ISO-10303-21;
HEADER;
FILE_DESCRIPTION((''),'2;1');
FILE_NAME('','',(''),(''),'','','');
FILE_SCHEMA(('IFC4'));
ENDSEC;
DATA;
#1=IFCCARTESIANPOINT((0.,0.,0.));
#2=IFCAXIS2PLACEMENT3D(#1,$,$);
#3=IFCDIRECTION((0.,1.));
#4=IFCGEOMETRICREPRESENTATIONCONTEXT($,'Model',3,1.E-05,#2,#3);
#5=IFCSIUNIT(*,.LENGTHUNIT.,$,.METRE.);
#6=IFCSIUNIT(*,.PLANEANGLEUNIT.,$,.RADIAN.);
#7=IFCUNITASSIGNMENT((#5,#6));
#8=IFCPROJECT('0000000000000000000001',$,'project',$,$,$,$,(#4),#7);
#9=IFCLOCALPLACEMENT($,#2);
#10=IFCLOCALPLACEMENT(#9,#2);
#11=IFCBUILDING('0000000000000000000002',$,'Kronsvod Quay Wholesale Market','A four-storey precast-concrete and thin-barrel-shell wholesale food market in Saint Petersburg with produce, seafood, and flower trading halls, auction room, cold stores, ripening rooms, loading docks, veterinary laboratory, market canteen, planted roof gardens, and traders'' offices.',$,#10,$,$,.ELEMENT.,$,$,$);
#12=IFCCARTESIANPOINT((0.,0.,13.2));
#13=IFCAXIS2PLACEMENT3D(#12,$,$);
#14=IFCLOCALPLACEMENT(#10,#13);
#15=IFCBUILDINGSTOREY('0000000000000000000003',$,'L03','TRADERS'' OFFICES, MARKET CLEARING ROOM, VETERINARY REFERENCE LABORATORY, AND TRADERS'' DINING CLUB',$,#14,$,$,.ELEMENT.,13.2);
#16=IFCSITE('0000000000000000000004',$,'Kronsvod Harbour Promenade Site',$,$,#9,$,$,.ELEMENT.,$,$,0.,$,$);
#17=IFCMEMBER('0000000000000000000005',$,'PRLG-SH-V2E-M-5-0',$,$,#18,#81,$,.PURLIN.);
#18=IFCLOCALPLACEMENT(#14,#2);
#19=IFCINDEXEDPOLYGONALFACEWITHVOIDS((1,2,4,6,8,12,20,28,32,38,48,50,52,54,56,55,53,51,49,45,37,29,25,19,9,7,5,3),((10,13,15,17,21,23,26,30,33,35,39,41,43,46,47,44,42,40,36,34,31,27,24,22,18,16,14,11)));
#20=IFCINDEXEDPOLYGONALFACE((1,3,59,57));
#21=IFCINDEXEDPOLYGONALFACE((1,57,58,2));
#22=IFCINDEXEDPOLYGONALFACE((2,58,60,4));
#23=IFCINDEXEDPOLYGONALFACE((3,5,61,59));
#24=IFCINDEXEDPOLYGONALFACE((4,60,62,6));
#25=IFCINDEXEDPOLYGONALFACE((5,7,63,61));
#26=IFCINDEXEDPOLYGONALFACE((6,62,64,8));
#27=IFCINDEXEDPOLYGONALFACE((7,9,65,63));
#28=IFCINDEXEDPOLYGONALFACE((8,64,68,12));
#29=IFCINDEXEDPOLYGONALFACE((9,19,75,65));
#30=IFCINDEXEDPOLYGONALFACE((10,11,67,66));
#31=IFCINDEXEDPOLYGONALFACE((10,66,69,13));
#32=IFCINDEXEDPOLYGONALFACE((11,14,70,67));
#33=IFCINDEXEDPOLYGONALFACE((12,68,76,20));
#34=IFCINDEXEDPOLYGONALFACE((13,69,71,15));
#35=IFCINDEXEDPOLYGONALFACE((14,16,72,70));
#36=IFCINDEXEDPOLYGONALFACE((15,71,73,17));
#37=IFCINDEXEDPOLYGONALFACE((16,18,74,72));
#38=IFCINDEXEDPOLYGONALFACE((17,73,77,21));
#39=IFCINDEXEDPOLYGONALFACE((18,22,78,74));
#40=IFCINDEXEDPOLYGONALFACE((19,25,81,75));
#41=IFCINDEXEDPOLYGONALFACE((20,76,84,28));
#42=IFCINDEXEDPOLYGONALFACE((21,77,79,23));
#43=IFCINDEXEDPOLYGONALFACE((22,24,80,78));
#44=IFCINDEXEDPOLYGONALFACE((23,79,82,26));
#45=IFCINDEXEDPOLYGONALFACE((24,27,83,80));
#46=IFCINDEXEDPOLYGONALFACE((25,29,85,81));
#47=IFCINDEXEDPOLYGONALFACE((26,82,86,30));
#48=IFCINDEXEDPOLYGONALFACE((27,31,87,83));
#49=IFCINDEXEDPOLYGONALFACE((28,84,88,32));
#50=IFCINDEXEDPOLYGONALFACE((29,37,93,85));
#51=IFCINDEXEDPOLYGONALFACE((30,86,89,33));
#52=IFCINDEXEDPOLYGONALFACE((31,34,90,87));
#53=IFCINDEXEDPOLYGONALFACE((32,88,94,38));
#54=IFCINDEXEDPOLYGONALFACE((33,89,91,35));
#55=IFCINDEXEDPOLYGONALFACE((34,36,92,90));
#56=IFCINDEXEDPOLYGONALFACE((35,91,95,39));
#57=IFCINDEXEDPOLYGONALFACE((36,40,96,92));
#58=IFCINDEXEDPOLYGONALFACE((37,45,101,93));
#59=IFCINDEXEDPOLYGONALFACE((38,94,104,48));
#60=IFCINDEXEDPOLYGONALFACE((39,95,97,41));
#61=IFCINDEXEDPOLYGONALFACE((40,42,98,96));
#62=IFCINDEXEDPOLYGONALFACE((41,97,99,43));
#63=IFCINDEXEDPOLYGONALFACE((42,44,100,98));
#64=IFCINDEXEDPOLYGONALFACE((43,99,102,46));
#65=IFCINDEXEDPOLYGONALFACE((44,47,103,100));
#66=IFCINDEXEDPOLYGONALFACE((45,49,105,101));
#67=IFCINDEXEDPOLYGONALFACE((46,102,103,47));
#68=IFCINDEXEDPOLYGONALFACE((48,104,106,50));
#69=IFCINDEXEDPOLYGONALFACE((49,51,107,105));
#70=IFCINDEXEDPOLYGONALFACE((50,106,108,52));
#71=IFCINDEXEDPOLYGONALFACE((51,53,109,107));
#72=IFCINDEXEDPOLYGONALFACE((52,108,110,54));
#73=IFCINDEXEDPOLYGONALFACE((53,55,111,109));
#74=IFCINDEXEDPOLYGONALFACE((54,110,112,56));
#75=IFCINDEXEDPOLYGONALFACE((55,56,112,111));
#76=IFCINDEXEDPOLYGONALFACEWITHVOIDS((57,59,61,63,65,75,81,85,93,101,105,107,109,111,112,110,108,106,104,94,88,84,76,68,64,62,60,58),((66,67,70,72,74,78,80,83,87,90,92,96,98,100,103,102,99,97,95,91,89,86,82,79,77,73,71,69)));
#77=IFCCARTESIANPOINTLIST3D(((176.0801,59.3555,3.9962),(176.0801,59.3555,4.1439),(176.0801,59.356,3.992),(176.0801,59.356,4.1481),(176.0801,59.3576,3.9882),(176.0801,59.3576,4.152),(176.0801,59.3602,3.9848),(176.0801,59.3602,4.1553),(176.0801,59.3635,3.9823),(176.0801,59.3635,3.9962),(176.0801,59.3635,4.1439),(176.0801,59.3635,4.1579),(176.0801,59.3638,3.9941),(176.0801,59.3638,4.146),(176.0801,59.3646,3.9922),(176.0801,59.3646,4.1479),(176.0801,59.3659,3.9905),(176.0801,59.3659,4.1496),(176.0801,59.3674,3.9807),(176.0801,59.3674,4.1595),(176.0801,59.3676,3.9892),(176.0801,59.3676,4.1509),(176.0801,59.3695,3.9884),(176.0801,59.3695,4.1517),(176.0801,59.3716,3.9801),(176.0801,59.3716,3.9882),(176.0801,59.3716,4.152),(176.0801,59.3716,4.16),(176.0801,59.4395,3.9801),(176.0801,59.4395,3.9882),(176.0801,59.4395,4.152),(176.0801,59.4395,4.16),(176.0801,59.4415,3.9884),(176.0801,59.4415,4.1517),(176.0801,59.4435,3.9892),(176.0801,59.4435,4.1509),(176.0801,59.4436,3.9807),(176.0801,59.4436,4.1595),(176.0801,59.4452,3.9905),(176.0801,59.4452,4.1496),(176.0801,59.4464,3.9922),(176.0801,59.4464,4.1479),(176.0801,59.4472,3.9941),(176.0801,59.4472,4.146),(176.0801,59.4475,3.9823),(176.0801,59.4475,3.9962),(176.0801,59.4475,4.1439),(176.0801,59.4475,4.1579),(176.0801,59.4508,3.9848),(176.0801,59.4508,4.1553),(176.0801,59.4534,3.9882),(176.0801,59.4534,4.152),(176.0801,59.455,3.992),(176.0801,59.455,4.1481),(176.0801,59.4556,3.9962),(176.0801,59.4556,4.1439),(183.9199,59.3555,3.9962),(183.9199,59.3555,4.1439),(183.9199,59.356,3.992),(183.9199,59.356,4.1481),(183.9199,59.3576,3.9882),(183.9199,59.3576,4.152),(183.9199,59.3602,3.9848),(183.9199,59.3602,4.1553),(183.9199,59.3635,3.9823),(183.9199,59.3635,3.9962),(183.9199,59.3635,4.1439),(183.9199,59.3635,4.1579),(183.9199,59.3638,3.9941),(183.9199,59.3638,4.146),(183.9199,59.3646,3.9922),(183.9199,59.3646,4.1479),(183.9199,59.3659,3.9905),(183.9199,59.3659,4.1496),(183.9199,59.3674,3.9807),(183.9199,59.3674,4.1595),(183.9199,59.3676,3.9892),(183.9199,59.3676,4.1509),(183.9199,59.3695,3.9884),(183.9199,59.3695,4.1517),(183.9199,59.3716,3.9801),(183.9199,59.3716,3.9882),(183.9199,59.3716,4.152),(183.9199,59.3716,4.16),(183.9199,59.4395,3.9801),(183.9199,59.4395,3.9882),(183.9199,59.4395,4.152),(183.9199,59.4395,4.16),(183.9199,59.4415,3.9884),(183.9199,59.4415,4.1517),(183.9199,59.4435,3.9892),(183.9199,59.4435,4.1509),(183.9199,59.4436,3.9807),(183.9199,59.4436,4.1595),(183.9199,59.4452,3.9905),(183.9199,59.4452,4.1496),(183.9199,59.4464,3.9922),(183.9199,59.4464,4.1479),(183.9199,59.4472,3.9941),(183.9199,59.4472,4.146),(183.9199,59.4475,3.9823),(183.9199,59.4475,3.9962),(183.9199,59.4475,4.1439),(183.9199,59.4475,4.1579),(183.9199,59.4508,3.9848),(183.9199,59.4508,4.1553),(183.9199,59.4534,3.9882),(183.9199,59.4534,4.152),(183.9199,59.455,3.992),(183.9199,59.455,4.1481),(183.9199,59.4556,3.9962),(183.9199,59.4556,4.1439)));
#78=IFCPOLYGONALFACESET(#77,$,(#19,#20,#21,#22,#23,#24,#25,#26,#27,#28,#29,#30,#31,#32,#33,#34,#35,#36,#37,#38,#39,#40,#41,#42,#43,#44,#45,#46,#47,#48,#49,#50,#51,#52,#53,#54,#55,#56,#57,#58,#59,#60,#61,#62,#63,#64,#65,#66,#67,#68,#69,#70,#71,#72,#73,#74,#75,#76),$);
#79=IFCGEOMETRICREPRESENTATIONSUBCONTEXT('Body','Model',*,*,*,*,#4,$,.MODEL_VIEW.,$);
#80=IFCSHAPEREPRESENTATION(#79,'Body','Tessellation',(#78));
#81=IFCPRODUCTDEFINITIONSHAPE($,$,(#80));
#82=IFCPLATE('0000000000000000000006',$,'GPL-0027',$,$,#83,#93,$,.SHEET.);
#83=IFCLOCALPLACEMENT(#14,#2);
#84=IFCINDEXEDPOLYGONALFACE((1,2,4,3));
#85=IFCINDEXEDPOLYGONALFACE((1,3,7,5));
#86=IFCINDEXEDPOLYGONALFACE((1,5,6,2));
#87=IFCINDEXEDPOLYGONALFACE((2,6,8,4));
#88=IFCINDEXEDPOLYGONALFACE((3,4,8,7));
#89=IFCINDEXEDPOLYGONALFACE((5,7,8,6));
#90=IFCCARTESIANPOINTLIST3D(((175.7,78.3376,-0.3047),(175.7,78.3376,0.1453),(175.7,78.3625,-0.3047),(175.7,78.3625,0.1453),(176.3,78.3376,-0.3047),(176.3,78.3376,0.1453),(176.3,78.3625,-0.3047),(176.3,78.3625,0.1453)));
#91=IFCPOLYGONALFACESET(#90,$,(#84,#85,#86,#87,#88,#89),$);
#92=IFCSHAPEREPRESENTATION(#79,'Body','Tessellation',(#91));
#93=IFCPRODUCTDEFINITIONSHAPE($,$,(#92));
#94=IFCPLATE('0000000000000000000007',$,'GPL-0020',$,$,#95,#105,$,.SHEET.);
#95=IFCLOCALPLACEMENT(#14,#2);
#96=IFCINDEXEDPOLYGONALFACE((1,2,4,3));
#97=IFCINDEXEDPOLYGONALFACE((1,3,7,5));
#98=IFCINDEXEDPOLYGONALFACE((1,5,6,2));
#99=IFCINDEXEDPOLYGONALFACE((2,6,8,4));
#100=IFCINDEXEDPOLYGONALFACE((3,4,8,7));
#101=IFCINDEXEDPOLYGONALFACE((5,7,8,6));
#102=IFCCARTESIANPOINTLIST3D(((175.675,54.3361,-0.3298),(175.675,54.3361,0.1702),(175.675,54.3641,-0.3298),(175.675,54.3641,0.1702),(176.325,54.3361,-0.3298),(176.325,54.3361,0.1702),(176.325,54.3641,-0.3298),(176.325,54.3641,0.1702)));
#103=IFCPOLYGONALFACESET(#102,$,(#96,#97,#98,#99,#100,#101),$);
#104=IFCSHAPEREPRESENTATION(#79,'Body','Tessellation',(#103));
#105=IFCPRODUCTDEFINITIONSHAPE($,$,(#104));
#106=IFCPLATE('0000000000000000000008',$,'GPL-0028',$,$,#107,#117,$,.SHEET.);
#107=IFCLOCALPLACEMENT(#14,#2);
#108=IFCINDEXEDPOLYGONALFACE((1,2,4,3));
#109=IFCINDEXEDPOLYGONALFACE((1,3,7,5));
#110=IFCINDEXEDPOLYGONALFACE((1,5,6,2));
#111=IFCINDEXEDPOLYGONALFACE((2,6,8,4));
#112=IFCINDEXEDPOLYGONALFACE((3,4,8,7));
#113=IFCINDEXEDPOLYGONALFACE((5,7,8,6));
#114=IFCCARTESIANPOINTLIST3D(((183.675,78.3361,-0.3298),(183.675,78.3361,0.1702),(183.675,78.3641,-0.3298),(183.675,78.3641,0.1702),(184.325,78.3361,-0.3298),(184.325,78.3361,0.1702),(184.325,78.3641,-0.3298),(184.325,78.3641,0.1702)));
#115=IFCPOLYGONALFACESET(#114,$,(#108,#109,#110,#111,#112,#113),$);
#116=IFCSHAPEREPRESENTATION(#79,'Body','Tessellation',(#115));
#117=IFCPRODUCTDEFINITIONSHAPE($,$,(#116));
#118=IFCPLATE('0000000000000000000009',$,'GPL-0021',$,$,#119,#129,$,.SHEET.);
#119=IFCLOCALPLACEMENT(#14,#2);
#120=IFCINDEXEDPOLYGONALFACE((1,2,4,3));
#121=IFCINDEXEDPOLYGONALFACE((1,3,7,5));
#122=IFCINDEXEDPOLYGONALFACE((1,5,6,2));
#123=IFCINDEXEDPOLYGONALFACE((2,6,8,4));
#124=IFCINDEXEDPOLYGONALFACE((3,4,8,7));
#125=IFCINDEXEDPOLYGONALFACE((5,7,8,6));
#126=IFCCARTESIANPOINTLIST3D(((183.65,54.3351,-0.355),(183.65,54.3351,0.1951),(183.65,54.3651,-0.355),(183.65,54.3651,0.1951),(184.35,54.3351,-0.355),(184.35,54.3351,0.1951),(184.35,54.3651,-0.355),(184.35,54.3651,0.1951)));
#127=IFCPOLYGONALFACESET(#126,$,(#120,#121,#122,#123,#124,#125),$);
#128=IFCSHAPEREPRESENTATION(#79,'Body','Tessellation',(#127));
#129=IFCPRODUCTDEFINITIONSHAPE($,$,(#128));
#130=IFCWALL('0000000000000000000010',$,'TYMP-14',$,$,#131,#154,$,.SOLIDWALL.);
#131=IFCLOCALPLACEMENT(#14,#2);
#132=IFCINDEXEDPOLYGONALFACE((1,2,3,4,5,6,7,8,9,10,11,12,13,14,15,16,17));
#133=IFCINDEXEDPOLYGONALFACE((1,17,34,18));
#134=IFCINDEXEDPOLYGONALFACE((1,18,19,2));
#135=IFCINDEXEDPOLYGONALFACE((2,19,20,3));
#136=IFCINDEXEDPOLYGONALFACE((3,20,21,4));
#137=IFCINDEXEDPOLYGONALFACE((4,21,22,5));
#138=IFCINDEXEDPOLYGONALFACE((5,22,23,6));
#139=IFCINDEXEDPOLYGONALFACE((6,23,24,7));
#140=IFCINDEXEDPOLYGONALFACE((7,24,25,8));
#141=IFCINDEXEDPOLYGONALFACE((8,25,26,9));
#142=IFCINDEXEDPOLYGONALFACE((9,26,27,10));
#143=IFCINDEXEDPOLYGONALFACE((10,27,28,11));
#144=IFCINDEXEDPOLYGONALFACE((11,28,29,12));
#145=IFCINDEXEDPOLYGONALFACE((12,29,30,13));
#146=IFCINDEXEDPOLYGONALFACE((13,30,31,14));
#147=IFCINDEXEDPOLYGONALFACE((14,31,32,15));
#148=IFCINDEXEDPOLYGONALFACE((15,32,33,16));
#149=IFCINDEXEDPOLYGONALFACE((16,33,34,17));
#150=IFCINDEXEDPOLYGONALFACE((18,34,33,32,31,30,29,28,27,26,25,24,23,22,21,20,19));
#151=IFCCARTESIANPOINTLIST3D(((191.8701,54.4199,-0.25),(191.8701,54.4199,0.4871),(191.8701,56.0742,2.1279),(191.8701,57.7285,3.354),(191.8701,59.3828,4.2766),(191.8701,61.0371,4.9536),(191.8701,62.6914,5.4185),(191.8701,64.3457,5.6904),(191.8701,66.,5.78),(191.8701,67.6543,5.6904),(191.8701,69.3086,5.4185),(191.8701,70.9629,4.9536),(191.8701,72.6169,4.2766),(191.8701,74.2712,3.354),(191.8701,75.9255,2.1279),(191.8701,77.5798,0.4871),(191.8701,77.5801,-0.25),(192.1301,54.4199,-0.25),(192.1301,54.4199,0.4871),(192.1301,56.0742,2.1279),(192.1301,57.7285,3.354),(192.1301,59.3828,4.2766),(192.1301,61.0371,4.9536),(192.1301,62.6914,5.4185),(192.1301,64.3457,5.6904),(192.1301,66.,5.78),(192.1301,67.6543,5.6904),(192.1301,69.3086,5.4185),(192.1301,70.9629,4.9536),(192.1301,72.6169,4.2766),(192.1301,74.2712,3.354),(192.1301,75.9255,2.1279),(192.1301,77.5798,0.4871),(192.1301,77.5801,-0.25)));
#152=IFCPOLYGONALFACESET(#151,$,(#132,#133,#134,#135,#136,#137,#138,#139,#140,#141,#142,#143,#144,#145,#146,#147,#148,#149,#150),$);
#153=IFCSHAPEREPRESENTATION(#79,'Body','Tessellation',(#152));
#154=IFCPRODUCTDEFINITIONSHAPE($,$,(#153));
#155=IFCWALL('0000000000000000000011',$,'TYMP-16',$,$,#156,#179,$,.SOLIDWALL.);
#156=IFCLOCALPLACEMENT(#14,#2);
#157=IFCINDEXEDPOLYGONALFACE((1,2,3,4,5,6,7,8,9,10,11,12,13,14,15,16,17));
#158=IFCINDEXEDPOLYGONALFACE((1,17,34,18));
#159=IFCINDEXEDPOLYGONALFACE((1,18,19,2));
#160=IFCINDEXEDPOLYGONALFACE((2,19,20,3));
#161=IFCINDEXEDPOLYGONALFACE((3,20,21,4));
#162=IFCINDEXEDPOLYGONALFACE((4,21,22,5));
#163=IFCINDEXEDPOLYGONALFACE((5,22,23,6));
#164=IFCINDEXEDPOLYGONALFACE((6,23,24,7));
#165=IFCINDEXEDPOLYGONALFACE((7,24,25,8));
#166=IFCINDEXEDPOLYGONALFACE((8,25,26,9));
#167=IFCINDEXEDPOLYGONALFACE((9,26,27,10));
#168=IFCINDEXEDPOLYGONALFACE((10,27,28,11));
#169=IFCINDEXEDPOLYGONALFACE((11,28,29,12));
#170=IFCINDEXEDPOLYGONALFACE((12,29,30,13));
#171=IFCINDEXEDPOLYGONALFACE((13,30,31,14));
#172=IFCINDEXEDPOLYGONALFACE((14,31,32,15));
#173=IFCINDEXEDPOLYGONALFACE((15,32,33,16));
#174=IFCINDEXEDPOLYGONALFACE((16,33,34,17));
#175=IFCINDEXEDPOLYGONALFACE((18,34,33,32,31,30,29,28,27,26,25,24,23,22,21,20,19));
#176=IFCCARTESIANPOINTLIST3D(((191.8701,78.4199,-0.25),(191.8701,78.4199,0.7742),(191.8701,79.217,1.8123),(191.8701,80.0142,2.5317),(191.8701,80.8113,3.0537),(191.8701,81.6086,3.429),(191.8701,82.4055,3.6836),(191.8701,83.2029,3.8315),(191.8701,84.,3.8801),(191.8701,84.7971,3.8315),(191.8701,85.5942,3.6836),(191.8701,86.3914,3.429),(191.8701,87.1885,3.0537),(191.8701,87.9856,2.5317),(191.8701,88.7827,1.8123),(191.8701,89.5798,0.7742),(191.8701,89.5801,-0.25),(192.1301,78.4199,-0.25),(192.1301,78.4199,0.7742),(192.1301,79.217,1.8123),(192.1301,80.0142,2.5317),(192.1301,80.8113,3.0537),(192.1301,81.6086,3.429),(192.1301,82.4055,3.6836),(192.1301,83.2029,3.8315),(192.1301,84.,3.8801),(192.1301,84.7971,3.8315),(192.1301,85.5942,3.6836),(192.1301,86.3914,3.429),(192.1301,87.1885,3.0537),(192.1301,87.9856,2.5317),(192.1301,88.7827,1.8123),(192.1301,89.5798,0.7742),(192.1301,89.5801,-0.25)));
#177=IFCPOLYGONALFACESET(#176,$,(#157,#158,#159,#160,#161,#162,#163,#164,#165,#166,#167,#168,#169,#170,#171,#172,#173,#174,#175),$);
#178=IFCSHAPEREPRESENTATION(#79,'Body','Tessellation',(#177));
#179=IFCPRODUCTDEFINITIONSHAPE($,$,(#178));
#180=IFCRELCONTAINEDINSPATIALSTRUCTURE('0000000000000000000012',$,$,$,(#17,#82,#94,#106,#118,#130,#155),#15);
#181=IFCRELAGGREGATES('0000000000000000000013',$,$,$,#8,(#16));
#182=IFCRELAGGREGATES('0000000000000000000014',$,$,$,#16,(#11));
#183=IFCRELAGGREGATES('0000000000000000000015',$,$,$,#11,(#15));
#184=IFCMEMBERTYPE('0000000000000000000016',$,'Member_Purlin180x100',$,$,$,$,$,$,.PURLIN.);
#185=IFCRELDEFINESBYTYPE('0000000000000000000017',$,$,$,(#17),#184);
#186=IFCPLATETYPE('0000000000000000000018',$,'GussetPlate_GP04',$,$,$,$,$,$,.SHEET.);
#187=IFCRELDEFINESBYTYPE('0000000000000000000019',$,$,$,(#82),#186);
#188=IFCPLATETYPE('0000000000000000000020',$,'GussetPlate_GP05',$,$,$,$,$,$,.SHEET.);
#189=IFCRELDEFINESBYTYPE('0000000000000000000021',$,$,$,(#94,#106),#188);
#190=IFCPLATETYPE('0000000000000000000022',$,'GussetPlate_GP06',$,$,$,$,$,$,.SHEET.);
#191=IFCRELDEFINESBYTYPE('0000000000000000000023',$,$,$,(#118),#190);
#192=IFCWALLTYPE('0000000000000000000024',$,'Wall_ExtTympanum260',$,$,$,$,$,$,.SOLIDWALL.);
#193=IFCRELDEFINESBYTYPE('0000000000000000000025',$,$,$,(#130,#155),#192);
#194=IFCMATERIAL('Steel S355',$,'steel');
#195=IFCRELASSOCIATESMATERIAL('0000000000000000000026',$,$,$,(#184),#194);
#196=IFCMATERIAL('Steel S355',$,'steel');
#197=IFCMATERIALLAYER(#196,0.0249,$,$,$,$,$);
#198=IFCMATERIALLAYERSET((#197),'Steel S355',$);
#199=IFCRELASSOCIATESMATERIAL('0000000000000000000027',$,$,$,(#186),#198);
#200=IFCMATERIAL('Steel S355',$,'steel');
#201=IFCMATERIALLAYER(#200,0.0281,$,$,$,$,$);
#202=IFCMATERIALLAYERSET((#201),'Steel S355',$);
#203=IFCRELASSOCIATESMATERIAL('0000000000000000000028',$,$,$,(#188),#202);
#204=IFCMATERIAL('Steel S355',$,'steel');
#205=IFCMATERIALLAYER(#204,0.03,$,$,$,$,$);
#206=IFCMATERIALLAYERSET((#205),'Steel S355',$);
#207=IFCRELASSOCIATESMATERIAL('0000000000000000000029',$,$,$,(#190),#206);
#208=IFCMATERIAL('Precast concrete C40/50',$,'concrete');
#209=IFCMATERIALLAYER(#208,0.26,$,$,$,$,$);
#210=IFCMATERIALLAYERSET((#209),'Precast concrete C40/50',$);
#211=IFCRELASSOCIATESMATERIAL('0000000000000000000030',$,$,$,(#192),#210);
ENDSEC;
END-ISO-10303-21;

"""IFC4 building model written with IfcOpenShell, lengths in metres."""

from ifc_helpers import new_model, si_unit, direction, frame, origin, origin_2d, place, context, subcontext, project, spatial, polyline, rectangle, hollow_rectangle, outline, extrude, material, layer, layer_set, material_profile, profile_set, type_object, element, save


model = new_model("IFC4")

# Units and contexts
model_context = context("Model", 3, precision=1e-05, world=origin(), true_north=direction((0.0, 1.0)))
body_context = subcontext(model_context, "Body", "Model", "MODEL_VIEW")
ifc_project = project(units=[si_unit("LENGTHUNIT", "METRE"), si_unit("PLANEANGLEUNIT", "RADIAN")], contexts=[model_context])

# Site, building, storey
site_placement = place(None, origin())
site = spatial("IfcSite", under=ifc_project, at=site_placement, Name="Kronsvod Harbour Promenade Site", CompositionType="ELEMENT", RefElevation=0.0)
building_placement = place(site_placement, origin())
building = spatial("IfcBuilding", under=site, at=building_placement, Name="Kronsvod Quay Wholesale Market", Description="A four-storey precast-concrete and thin-barrel-shell wholesale food market in Saint Petersburg with produce, seafood, and flower trading halls, auction room, cold stores, ripening rooms, loading docks, veterinary laboratory, market canteen, planted roof gardens, and traders' offices.", CompositionType="ELEMENT")
storey_placement = place(building_placement, frame((0.0, 0.0, 13.2)))
storey = spatial("IfcBuildingStorey", under=building, at=storey_placement, Name="L03", Description="TRADERS' OFFICES, MARKET CLEARING ROOM, VETERINARY REFERENCE LABORATORY, AND TRADERS' DINING CLUB", CompositionType="ELEMENT", Elevation=13.2)

# Member
ifc_material_1 = material(Name="Steel S355", Category="steel")
ifc_material_profile_1 = material_profile(ifc_material_1, hollow_rectangle(XDim=0.1001, YDim=0.1799, WallThickness=0.0081, InnerFilletRadius=0.0081, OuterFilletRadius=0.0161, at=origin_2d()), Name="RHS180x100x8")
ifc_profile_set_1 = profile_set([ifc_material_profile_1], Name="Steel S355")
member_type_1 = type_object("IfcMemberType", Name="Member_Purlin180x100", PredefinedType="PURLIN", material=ifc_profile_set_1)
member_1_placement = place(storey_placement, frame((176.0801, 59.4055, 4.0701), z_axis=(1.0, 0.0, 0.0), x_axis=(0.0, 1.0, 0.0)))
element("IfcMember", 1, at=member_1_placement, inside=storey, type_object=member_type_1, Name="PRLG-SH-V2E-M-5-0", PredefinedType="PURLIN", context=body_context, shape_type="SweptSolid", body=[
    extrude(hollow_rectangle(XDim=0.1001, YDim=0.1799, WallThickness=0.0081, InnerFilletRadius=0.0081, OuterFilletRadius=0.0161, at=origin_2d()), origin(), (0.0, 0.0, 1.0), 7.8398),
])

# Plates
ifc_material_2 = material(Name="Steel S355", Category="steel")
ifc_layer_1 = layer(ifc_material_2, 0.0249)
ifc_layer_set_1 = layer_set([ifc_layer_1], Name="Steel S355")
plate_type_1 = type_object("IfcPlateType", Name="GussetPlate_GP04", PredefinedType="SHEET", material=ifc_layer_set_1)
plate_1_placement = place(storey_placement, frame((176.0, 78.3501, -0.3047), z_axis=(0.0, 0.0, 1.0), x_axis=(1.0, 0.0, 0.0)))
element("IfcPlate", 2, at=plate_1_placement, inside=storey, type_object=plate_type_1, Name="GPL-0027", PredefinedType="SHEET", context=body_context, shape_type="SweptSolid", body=[
    extrude(rectangle(XDim=0.6001, YDim=0.0249, at=origin_2d()), origin(), (0.0, 0.0, 1.0), 0.45),
])
ifc_material_3 = material(Name="Steel S355", Category="steel")
ifc_layer_2 = layer(ifc_material_3, 0.0281)
ifc_layer_set_2 = layer_set([ifc_layer_2], Name="Steel S355")
plate_type_2 = type_object("IfcPlateType", Name="GussetPlate_GP05", PredefinedType="SHEET", material=ifc_layer_set_2)
for number, where, z_axis, x_axis, name in (
    (3, (176.0, 54.3501, -0.3298), (0.0, 0.0, 1.0), (1.0, 0.0, 0.0), "GPL-0020"),
    (4, (184.0, 78.3501, -0.3298), (0.0, 0.0, 1.0), (1.0, 0.0, 0.0), "GPL-0028"),
):
    element("IfcPlate", number, at=place(storey_placement, frame(where, z_axis=z_axis, x_axis=x_axis)), inside=storey, type_object=plate_type_2, Name=name, PredefinedType="SHEET", context=body_context, shape_type="SweptSolid", body=[
        extrude(rectangle(XDim=0.6499, YDim=0.0281, at=origin_2d()), origin(), (0.0, 0.0, 1.0), 0.5),
    ])
ifc_material_4 = material(Name="Steel S355", Category="steel")
ifc_layer_3 = layer(ifc_material_4, 0.03)
ifc_layer_set_3 = layer_set([ifc_layer_3], Name="Steel S355")
plate_type_3 = type_object("IfcPlateType", Name="GussetPlate_GP06", PredefinedType="SHEET", material=ifc_layer_set_3)
plate_2_placement = place(storey_placement, frame((184.0, 54.3501, -0.355), z_axis=(0.0, 0.0, 1.0), x_axis=(1.0, 0.0, 0.0)))
element("IfcPlate", 5, at=plate_2_placement, inside=storey, type_object=plate_type_3, Name="GPL-0021", PredefinedType="SHEET", context=body_context, shape_type="SweptSolid", body=[
    extrude(rectangle(XDim=0.7, YDim=0.03, at=origin_2d()), origin(), (0.0, 0.0, 1.0), 0.55),
])

# Walls
ifc_material_5 = material(Name="Precast concrete C40/50", Category="concrete")
ifc_layer_4 = layer(ifc_material_5, 0.26)
ifc_layer_set_4 = layer_set([ifc_layer_4], Name="Precast concrete C40/50")
wall_type = type_object("IfcWallType", Name="Wall_ExtTympanum260", PredefinedType="SOLIDWALL", material=ifc_layer_set_4)
wall_1_placement = place(storey_placement, frame((192.0, 54.4199, -0.25), z_axis=(0.0, 0.0, 1.0), x_axis=(0.0, 1.0, 0.0)))
element("IfcWall", 6, at=wall_1_placement, inside=storey, type_object=wall_type, Name="TYMP-14", PredefinedType="SOLIDWALL", context=body_context, shape_type="SweptSolid", body=[
    extrude(outline(polyline([(0.0, 0.0), (23.1602, 0.0), (23.1599, 0.7371), (21.5056, 2.3779), (19.8513, 3.604), (18.197, 4.5266), (16.543, 5.2036), (14.8887, 5.6685), (13.2344, 5.9404), (11.5801, 6.03), (9.9258, 5.9404), (8.2715, 5.6685), (6.6172, 5.2036), (4.9629, 4.5266), (3.3086, 3.604), (1.6543, 2.3779), (0.0, 0.7371), (0.0, 0.0)])), frame((0.0, 0.1299, 0.0), z_axis=(0.0, -1.0, 0.0), x_axis=(1.0, 0.0, 0.0)), (0.0, 0.0, 1.0), 0.26),
])
wall_2_placement = place(storey_placement, frame((192.0, 78.4199, -0.25), z_axis=(0.0, 0.0, 1.0), x_axis=(0.0, 1.0, 0.0)))
element("IfcWall", 7, at=wall_2_placement, inside=storey, type_object=wall_type, Name="TYMP-16", PredefinedType="SOLIDWALL", context=body_context, shape_type="SweptSolid", body=[
    extrude(outline(polyline([(0.0, 0.0), (11.1602, 0.0), (11.1599, 1.0242), (10.3628, 2.0623), (9.5657, 2.7817), (8.7686, 3.3037), (7.9714, 3.679), (7.1743, 3.9336), (6.3772, 4.0815), (5.5801, 4.1301), (4.783, 4.0815), (3.9856, 3.9336), (3.1887, 3.679), (2.3914, 3.3037), (1.5942, 2.7817), (0.7971, 2.0623), (0.0, 1.0242), (0.0, 0.0)])), frame((0.0, 0.1299, 0.0), z_axis=(0.0, -1.0, 0.0), x_axis=(1.0, 0.0, 0.0)), (0.0, 0.0, 1.0), 0.26),
])

save(model, "model.ifc")
